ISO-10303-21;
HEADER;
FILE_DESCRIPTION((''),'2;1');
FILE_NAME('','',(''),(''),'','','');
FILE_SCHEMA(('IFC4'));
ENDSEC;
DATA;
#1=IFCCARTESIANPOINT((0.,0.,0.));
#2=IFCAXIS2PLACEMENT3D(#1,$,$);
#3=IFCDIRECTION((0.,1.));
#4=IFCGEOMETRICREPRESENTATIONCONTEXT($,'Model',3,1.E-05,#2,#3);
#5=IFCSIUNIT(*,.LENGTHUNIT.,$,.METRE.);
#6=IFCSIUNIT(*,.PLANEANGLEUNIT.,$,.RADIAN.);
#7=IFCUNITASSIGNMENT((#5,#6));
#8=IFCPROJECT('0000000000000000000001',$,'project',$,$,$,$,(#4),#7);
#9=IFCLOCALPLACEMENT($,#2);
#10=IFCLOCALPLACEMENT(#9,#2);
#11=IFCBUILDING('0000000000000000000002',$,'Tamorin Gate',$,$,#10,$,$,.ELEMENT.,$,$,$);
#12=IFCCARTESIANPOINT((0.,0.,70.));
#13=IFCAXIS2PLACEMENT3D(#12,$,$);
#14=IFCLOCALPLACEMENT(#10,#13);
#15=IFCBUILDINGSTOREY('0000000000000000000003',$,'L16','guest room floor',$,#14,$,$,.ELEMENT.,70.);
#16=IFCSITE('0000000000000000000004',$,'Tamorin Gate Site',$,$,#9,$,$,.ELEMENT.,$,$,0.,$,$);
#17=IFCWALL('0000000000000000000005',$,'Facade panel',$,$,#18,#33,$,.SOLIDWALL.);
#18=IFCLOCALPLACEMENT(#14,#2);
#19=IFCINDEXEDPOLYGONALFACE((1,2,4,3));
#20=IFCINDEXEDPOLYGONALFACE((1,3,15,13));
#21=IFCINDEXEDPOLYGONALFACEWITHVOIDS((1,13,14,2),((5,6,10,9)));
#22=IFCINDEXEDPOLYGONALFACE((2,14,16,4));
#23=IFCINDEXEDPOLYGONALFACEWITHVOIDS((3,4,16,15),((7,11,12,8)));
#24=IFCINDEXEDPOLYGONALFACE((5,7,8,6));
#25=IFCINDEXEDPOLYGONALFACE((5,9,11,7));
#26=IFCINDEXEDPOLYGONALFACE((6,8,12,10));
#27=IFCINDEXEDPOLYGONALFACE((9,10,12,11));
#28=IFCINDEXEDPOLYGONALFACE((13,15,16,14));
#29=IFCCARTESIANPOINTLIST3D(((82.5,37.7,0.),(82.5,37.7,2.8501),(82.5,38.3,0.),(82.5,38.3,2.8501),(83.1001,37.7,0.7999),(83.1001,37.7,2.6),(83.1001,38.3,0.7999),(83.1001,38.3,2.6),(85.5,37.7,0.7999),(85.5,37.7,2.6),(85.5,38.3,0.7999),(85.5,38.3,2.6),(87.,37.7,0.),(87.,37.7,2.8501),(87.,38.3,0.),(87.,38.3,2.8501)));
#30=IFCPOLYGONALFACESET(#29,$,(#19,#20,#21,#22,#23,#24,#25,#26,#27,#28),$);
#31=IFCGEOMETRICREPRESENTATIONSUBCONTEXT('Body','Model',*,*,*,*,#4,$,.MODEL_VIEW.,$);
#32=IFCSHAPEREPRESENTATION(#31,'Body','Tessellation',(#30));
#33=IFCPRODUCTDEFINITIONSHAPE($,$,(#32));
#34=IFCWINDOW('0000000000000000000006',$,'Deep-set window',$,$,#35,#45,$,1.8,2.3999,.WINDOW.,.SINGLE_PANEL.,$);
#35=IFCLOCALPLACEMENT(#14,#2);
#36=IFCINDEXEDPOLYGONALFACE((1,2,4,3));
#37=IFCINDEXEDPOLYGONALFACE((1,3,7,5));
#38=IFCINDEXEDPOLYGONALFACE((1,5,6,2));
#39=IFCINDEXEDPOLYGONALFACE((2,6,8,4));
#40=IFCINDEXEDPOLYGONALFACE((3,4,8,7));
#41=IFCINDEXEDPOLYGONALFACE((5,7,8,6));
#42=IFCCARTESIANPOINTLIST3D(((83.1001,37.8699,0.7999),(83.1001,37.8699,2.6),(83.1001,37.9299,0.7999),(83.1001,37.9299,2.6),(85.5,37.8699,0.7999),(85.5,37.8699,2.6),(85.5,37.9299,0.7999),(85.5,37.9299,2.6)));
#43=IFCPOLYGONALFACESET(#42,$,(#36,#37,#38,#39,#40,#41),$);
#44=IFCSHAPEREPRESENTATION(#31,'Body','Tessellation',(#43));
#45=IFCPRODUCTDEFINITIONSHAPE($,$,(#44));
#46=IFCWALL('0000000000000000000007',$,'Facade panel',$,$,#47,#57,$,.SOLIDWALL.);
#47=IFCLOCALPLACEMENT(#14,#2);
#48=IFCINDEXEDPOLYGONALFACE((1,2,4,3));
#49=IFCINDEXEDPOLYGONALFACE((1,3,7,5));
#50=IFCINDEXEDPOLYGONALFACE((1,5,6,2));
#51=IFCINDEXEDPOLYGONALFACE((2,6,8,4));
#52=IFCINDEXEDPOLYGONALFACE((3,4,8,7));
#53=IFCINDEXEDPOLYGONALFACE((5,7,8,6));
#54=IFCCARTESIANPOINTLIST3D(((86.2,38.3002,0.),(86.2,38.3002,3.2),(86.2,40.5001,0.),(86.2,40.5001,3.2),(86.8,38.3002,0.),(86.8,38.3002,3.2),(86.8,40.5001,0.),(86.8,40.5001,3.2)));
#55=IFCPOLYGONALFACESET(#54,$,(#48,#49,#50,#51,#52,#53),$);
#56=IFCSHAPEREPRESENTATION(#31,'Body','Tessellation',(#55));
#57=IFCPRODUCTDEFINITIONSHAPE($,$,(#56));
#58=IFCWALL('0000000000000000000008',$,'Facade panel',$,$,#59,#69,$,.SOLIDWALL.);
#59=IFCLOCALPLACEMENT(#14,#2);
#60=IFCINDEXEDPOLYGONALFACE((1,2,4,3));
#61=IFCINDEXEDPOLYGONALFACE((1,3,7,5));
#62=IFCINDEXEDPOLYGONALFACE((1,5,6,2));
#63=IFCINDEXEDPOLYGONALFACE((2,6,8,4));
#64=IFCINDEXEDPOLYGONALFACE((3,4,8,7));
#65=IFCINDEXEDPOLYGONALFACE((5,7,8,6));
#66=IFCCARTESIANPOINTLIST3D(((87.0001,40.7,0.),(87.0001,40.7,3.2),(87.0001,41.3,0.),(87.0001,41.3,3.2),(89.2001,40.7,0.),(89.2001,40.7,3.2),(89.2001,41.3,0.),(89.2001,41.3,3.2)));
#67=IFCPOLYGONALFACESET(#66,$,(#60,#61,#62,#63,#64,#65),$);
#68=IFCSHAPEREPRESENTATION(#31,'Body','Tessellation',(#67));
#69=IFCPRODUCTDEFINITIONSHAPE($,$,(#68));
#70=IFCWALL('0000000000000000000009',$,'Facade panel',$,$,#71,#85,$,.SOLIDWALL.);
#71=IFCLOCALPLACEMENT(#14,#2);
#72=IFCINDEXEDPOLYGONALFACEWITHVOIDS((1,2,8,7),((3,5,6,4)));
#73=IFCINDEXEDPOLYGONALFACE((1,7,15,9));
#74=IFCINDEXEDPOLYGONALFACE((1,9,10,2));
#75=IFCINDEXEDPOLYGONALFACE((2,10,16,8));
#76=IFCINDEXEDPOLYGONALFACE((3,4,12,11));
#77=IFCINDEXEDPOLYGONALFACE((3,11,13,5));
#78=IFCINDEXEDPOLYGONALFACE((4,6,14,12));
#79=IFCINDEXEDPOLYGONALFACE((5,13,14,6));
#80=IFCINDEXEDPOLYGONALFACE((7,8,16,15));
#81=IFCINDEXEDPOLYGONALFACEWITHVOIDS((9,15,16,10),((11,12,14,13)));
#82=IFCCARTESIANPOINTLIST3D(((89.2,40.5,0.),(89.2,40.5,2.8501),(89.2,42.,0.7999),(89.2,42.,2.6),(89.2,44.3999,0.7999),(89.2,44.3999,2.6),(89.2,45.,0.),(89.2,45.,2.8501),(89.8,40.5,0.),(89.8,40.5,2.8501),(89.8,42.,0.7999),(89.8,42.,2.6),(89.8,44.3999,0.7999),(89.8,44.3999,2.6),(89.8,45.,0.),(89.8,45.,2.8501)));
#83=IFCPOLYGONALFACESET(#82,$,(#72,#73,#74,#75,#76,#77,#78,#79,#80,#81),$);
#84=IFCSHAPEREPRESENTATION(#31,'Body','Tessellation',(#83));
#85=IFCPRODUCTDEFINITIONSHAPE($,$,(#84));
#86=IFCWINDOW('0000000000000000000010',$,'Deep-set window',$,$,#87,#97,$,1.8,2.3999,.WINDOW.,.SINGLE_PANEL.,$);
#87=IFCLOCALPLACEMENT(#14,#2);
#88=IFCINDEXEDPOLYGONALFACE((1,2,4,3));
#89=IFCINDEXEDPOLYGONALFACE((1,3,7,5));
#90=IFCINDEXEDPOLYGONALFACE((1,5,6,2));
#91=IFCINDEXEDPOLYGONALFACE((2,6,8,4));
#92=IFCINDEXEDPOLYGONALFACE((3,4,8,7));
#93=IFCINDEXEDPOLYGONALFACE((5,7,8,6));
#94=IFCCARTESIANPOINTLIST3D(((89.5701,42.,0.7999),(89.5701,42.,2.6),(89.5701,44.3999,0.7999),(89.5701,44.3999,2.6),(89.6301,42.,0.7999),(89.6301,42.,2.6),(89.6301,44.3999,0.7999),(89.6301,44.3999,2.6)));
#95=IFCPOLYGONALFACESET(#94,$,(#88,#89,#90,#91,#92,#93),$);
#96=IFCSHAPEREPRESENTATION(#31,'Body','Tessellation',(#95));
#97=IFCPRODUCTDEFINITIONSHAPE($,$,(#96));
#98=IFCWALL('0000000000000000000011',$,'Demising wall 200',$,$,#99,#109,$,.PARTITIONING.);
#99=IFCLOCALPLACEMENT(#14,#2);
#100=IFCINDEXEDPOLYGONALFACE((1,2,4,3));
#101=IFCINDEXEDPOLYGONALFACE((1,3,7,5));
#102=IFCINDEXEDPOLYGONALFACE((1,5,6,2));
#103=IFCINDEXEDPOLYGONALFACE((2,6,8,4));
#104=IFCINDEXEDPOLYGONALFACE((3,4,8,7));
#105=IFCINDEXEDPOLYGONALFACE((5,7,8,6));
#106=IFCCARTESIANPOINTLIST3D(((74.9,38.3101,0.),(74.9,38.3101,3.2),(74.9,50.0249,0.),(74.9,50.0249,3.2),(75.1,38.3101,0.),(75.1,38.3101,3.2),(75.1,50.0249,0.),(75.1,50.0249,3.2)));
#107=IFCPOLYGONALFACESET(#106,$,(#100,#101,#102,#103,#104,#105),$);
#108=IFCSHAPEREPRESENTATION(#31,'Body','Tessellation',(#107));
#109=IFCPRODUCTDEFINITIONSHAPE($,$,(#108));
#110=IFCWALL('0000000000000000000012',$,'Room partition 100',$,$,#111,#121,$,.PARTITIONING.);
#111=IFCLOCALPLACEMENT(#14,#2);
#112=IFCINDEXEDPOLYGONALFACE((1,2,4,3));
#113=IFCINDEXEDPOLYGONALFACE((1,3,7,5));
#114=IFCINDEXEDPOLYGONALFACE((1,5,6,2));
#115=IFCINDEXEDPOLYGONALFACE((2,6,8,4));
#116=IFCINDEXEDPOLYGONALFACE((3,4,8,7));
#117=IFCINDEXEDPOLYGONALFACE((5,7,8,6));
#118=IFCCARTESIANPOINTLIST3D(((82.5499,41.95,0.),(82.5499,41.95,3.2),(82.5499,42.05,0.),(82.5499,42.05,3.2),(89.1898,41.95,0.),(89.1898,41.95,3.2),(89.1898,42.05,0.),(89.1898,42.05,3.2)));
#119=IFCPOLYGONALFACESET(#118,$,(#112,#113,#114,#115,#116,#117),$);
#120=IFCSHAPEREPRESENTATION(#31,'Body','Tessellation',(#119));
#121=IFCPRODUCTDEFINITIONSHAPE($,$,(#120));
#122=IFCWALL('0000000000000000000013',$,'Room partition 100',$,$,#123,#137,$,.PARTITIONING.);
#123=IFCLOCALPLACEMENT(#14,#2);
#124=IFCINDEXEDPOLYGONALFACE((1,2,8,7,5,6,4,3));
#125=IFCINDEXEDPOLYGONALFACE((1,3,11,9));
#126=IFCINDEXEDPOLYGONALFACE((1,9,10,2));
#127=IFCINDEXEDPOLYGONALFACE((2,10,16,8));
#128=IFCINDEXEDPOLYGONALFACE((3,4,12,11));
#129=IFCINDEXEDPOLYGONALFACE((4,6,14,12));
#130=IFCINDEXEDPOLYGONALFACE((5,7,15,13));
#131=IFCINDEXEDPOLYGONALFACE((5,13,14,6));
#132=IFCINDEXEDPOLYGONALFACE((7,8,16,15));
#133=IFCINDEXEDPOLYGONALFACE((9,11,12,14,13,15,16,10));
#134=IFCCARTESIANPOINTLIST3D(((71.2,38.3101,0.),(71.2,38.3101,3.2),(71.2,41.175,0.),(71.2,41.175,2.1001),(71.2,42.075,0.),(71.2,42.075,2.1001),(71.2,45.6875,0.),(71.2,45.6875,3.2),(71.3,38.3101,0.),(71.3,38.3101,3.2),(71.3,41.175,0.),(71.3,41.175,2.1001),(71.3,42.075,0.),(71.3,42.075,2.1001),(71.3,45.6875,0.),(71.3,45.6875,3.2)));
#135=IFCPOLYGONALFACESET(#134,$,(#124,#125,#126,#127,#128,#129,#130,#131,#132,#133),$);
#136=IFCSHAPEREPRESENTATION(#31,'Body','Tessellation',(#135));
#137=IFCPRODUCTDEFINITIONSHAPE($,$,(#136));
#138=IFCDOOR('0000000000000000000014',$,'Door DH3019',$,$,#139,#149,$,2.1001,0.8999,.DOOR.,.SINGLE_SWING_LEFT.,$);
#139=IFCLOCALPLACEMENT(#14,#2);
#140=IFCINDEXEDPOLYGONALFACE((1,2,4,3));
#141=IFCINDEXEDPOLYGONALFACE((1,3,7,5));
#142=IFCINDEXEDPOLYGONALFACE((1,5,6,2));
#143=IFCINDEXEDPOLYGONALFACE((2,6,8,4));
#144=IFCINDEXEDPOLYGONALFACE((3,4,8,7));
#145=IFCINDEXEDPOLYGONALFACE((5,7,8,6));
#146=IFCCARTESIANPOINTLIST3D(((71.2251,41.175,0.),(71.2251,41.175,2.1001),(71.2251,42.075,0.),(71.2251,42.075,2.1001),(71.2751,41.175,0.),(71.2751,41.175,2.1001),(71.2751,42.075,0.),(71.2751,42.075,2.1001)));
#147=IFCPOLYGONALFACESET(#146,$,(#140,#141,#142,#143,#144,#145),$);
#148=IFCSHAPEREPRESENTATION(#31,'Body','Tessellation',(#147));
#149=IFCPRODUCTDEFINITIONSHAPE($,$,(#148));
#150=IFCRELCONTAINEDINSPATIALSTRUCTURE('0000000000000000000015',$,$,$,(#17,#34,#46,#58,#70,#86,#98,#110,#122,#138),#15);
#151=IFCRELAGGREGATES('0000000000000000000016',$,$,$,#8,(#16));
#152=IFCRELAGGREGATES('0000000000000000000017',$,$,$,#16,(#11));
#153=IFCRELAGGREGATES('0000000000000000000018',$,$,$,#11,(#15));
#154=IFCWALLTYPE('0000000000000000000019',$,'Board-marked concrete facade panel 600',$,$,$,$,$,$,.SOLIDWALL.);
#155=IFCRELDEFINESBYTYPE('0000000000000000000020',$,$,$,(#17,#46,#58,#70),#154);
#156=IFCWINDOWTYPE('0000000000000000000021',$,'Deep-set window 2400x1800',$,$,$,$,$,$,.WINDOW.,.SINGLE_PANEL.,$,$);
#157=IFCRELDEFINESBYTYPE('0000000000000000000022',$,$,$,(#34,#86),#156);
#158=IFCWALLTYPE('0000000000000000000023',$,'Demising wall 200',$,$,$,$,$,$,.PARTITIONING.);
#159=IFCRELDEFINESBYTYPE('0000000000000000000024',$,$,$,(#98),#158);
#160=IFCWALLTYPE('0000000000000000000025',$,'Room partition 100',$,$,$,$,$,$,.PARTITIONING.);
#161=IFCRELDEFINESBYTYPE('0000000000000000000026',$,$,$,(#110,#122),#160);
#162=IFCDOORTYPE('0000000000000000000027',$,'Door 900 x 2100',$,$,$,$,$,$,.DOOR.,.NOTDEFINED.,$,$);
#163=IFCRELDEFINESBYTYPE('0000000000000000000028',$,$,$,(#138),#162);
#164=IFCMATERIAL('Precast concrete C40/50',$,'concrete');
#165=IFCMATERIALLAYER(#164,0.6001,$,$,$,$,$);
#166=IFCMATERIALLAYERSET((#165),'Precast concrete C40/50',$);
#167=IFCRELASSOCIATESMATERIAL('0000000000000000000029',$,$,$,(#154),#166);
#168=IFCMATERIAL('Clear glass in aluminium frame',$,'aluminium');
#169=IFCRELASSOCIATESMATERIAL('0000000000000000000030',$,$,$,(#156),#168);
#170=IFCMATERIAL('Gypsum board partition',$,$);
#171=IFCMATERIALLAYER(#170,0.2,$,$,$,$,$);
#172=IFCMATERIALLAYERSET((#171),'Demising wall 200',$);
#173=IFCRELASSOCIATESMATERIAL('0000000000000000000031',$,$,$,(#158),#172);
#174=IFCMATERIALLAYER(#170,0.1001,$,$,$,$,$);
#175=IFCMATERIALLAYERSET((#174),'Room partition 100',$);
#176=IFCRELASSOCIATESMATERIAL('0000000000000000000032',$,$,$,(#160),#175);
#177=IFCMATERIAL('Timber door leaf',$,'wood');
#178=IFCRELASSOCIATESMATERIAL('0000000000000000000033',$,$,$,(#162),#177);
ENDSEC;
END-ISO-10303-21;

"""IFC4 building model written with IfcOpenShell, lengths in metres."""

from ifc_helpers import new_model, si_unit, direction, frame, frame_2d, origin, place, context, subcontext, project, spatial, rectangle, extrude, material, layer, layer_set, type_object, element, fill, save


model = new_model("IFC4")

# Units and contexts
model_context = context("Model", 3, precision=1e-05, world=origin(), true_north=direction((0.0, 1.0)))
body_context = subcontext(model_context, "Body", "Model", "MODEL_VIEW")
ifc_project = project(units=[si_unit("LENGTHUNIT", "METRE"), si_unit("PLANEANGLEUNIT", "RADIAN")], contexts=[model_context])

# Site, building, storey
site_placement = place(None, origin())
site = spatial("IfcSite", under=ifc_project, at=site_placement, Name="Tamorin Gate Site", CompositionType="ELEMENT", RefElevation=0.0)
building_placement = place(site_placement, origin())
building = spatial("IfcBuilding", under=site, at=building_placement, Name="Tamorin Gate", CompositionType="ELEMENT")
storey_placement = place(building_placement, frame((0.0, 0.0, 70.0)))
storey = spatial("IfcBuildingStorey", under=building, at=storey_placement, Name="L16", Description="guest room floor", CompositionType="ELEMENT", Elevation=70.0)

# Shared definitions
ifc_material_1 = material(Name="Precast concrete C40/50", Category="concrete")
ifc_layer_1 = layer(ifc_material_1, 0.6001)
ifc_layer_set_1 = layer_set([ifc_layer_1], Name="Precast concrete C40/50")
wall_type_1 = type_object("IfcWallType", Name="Board-marked concrete facade panel 600", PredefinedType="SOLIDWALL", material=ifc_layer_set_1)
ifc_material_2 = material(Name="Clear glass in aluminium frame", Category="aluminium")
window_type = type_object("IfcWindowType", Name="Deep-set window 2400x1800", PartitioningType="SINGLE_PANEL", PredefinedType="WINDOW", material=ifc_material_2)

# Wall, opening, window
wall_1_placement = place(storey_placement, frame((82.5, 38.0, 0.0), z_axis=(0.0, 0.0, 1.0), x_axis=(1.0, 0.0, 0.0)))
wall_1 = element("IfcWall", 1, at=wall_1_placement, inside=storey, type_object=wall_type_1, Name="Facade panel", PredefinedType="SOLIDWALL", context=body_context, shape_type="SweptSolid", body=[
    extrude(rectangle(XDim=4.5, YDim=0.6001, at=frame_2d((2.25, 0.0))), origin(), (0.0, 0.0, 1.0), 2.8501),
])
opening_1_placement = place(wall_1_placement, frame((0.6001, 0.0, 0.8)))
opening_1 = element("IfcOpeningElement", 2, at=opening_1_placement, cuts=wall_1, PredefinedType="OPENING", context=body_context, shape_type="SweptSolid", body=[
    extrude(rectangle(XDim=2.3999, YDim=1.8, at=frame_2d((1.2, 0.8999))), frame((0.0, 0.3101, 0.0), z_axis=(0.0, -1.0, 0.0), x_axis=(1.0, 0.0, 0.0)), (0.0, 0.0, 1.0), 0.6201),
])
window_1_placement = place(opening_1_placement, origin())
window_1 = element("IfcWindow", 3, at=window_1_placement, inside=storey, type_object=window_type, Name="Deep-set window", OverallHeight=1.8, OverallWidth=2.3999, PartitioningType="SINGLE_PANEL", PredefinedType="WINDOW", context=body_context, shape_type="SweptSolid", body=[
    extrude(rectangle(XDim=2.3999, YDim=1.8, at=frame_2d((1.2, 0.8999))), frame((0.0, -0.0701, 0.0), z_axis=(0.0, -1.0, 0.0), x_axis=(1.0, 0.0, 0.0)), (0.0, 0.0, 1.0), 0.0601),
])
fill(opening_1, window_1)

# Walls
for number, where, z_axis, x_axis, name in (
    (4, (86.5, 38.3, 0.0), (0.0, 0.0, 1.0), (0.0, 1.0, 0.0), "Facade panel"),
    (5, (87.0, 41.0, 0.0), (0.0, 0.0, 1.0), (1.0, 0.0, 0.0), "Facade panel"),
):
    element("IfcWall", number, at=place(storey_placement, frame(where, z_axis=z_axis, x_axis=x_axis)), inside=storey, type_object=wall_type_1, Name=name, PredefinedType="SOLIDWALL", context=body_context, shape_type="SweptSolid", body=[
        extrude(rectangle(XDim=2.2, YDim=0.6001, at=frame_2d((1.1001, 0.0))), origin(), (0.0, 0.0, 1.0), 3.2),
    ])

# Wall, opening, window
wall_2_placement = place(storey_placement, frame((89.5, 40.5, 0.0), z_axis=(0.0, 0.0, 1.0), x_axis=(0.0, 1.0, 0.0)))
wall_2 = element("IfcWall", 6, at=wall_2_placement, inside=storey, type_object=wall_type_1, Name="Facade panel", PredefinedType="SOLIDWALL", context=body_context, shape_type="SweptSolid", body=[
    extrude(rectangle(XDim=4.5, YDim=0.6001, at=frame_2d((2.25, 0.0))), origin(), (0.0, 0.0, 1.0), 2.8501),
])
opening_2_placement = place(wall_2_placement, frame((1.5, 0.0, 0.8)))
opening_2 = element("IfcOpeningElement", 7, at=opening_2_placement, cuts=wall_2, PredefinedType="OPENING", context=body_context, shape_type="SweptSolid", body=[
    extrude(rectangle(XDim=2.3999, YDim=1.8, at=frame_2d((1.2, 0.8999))), frame((0.0, 0.3101, 0.0), z_axis=(0.0, -1.0, 0.0), x_axis=(1.0, 0.0, 0.0)), (0.0, 0.0, 1.0), 0.6201),
])
window_2_placement = place(opening_2_placement, origin())
window_2 = element("IfcWindow", 8, at=window_2_placement, inside=storey, type_object=window_type, Name="Deep-set window", OverallHeight=1.8, OverallWidth=2.3999, PartitioningType="SINGLE_PANEL", PredefinedType="WINDOW", context=body_context, shape_type="SweptSolid", body=[
    extrude(rectangle(XDim=2.3999, YDim=1.8, at=frame_2d((1.2, 0.8999))), frame((0.0, -0.0701, 0.0), z_axis=(0.0, -1.0, 0.0), x_axis=(1.0, 0.0, 0.0)), (0.0, 0.0, 1.0), 0.0601),
])
fill(opening_2, window_2)

# Walls
ifc_material_3 = material(Name="Gypsum board partition")
ifc_layer_2 = layer(ifc_material_3, 0.2)
ifc_layer_set_2 = layer_set([ifc_layer_2], Name="Demising wall 200")
wall_type_2 = type_object("IfcWallType", Name="Demising wall 200", PredefinedType="PARTITIONING", material=ifc_layer_set_2)
wall_3_placement = place(storey_placement, frame((75.0, 38.3101, 0.0), z_axis=(0.0, 0.0, 1.0), x_axis=(0.0, 1.0, 0.0)))
element("IfcWall", 9, at=wall_3_placement, inside=storey, type_object=wall_type_2, Name="Demising wall 200", PredefinedType="PARTITIONING", context=body_context, shape_type="SweptSolid", body=[
    extrude(rectangle(XDim=11.7148, YDim=0.2, at=frame_2d((5.8574, 0.0))), origin(), (0.0, 0.0, 1.0), 3.2),
])
ifc_layer_3 = layer(ifc_material_3, 0.1001)
ifc_layer_set_3 = layer_set([ifc_layer_3], Name="Room partition 100")
wall_type_3 = type_object("IfcWallType", Name="Room partition 100", PredefinedType="PARTITIONING", material=ifc_layer_set_3)
wall_4_placement = place(storey_placement, frame((82.55, 42.0, 0.0), z_axis=(0.0, 0.0, 1.0), x_axis=(1.0, 0.0, 0.0)))
element("IfcWall", 10, at=wall_4_placement, inside=storey, type_object=wall_type_3, Name="Room partition 100", PredefinedType="PARTITIONING", context=body_context, shape_type="SweptSolid", body=[
    extrude(rectangle(XDim=6.6399, YDim=0.1001, at=frame_2d((3.3198, 0.0))), origin(), (0.0, 0.0, 1.0), 3.2),
])

# Wall, opening, door
wall_5_placement = place(storey_placement, frame((71.25, 38.3101, 0.0), z_axis=(0.0, 0.0, 1.0), x_axis=(0.0, 1.0, 0.0)))
wall_5 = element("IfcWall", 11, at=wall_5_placement, inside=storey, type_object=wall_type_3, Name="Room partition 100", PredefinedType="PARTITIONING", context=body_context, shape_type="SweptSolid", body=[
    extrude(rectangle(XDim=7.3774, YDim=0.1001, at=frame_2d((3.6887, 0.0))), origin(), (0.0, 0.0, 1.0), 3.2),
])
opening_3_placement = place(wall_5_placement, frame((2.865, 0.0, 0.0)))
opening_3 = element("IfcOpeningElement", 12, at=opening_3_placement, cuts=wall_5, PredefinedType="OPENING", context=body_context, shape_type="SweptSolid", body=[
    extrude(rectangle(XDim=0.8999, YDim=2.1001, at=frame_2d((0.45, 1.05))), frame((0.0, 0.0601, 0.0), z_axis=(0.0, -1.0, 0.0), x_axis=(1.0, 0.0, 0.0)), (0.0, 0.0, 1.0), 0.1201),
])
ifc_material_4 = material(Name="Timber door leaf", Category="wood")
door_type = type_object("IfcDoorType", Name="Door 900 x 2100", OperationType="NOTDEFINED", PredefinedType="DOOR", material=ifc_material_4)
door_1_placement = place(opening_3_placement, origin())
door_1 = element("IfcDoor", 13, at=door_1_placement, inside=storey, type_object=door_type, Name="Door DH3019", OperationType="SINGLE_SWING_LEFT", OverallHeight=2.1001, OverallWidth=0.8999, PredefinedType="DOOR", context=body_context, shape_type="SweptSolid", body=[
    extrude(rectangle(XDim=0.8999, YDim=2.1001, at=frame_2d((0.45, 1.05))), frame((0.0, 0.0249, 0.0), z_axis=(0.0, -1.0, 0.0), x_axis=(1.0, 0.0, 0.0)), (0.0, 0.0, 1.0), 0.05),
])
fill(opening_3, door_1)

save(model, "model.ifc")
